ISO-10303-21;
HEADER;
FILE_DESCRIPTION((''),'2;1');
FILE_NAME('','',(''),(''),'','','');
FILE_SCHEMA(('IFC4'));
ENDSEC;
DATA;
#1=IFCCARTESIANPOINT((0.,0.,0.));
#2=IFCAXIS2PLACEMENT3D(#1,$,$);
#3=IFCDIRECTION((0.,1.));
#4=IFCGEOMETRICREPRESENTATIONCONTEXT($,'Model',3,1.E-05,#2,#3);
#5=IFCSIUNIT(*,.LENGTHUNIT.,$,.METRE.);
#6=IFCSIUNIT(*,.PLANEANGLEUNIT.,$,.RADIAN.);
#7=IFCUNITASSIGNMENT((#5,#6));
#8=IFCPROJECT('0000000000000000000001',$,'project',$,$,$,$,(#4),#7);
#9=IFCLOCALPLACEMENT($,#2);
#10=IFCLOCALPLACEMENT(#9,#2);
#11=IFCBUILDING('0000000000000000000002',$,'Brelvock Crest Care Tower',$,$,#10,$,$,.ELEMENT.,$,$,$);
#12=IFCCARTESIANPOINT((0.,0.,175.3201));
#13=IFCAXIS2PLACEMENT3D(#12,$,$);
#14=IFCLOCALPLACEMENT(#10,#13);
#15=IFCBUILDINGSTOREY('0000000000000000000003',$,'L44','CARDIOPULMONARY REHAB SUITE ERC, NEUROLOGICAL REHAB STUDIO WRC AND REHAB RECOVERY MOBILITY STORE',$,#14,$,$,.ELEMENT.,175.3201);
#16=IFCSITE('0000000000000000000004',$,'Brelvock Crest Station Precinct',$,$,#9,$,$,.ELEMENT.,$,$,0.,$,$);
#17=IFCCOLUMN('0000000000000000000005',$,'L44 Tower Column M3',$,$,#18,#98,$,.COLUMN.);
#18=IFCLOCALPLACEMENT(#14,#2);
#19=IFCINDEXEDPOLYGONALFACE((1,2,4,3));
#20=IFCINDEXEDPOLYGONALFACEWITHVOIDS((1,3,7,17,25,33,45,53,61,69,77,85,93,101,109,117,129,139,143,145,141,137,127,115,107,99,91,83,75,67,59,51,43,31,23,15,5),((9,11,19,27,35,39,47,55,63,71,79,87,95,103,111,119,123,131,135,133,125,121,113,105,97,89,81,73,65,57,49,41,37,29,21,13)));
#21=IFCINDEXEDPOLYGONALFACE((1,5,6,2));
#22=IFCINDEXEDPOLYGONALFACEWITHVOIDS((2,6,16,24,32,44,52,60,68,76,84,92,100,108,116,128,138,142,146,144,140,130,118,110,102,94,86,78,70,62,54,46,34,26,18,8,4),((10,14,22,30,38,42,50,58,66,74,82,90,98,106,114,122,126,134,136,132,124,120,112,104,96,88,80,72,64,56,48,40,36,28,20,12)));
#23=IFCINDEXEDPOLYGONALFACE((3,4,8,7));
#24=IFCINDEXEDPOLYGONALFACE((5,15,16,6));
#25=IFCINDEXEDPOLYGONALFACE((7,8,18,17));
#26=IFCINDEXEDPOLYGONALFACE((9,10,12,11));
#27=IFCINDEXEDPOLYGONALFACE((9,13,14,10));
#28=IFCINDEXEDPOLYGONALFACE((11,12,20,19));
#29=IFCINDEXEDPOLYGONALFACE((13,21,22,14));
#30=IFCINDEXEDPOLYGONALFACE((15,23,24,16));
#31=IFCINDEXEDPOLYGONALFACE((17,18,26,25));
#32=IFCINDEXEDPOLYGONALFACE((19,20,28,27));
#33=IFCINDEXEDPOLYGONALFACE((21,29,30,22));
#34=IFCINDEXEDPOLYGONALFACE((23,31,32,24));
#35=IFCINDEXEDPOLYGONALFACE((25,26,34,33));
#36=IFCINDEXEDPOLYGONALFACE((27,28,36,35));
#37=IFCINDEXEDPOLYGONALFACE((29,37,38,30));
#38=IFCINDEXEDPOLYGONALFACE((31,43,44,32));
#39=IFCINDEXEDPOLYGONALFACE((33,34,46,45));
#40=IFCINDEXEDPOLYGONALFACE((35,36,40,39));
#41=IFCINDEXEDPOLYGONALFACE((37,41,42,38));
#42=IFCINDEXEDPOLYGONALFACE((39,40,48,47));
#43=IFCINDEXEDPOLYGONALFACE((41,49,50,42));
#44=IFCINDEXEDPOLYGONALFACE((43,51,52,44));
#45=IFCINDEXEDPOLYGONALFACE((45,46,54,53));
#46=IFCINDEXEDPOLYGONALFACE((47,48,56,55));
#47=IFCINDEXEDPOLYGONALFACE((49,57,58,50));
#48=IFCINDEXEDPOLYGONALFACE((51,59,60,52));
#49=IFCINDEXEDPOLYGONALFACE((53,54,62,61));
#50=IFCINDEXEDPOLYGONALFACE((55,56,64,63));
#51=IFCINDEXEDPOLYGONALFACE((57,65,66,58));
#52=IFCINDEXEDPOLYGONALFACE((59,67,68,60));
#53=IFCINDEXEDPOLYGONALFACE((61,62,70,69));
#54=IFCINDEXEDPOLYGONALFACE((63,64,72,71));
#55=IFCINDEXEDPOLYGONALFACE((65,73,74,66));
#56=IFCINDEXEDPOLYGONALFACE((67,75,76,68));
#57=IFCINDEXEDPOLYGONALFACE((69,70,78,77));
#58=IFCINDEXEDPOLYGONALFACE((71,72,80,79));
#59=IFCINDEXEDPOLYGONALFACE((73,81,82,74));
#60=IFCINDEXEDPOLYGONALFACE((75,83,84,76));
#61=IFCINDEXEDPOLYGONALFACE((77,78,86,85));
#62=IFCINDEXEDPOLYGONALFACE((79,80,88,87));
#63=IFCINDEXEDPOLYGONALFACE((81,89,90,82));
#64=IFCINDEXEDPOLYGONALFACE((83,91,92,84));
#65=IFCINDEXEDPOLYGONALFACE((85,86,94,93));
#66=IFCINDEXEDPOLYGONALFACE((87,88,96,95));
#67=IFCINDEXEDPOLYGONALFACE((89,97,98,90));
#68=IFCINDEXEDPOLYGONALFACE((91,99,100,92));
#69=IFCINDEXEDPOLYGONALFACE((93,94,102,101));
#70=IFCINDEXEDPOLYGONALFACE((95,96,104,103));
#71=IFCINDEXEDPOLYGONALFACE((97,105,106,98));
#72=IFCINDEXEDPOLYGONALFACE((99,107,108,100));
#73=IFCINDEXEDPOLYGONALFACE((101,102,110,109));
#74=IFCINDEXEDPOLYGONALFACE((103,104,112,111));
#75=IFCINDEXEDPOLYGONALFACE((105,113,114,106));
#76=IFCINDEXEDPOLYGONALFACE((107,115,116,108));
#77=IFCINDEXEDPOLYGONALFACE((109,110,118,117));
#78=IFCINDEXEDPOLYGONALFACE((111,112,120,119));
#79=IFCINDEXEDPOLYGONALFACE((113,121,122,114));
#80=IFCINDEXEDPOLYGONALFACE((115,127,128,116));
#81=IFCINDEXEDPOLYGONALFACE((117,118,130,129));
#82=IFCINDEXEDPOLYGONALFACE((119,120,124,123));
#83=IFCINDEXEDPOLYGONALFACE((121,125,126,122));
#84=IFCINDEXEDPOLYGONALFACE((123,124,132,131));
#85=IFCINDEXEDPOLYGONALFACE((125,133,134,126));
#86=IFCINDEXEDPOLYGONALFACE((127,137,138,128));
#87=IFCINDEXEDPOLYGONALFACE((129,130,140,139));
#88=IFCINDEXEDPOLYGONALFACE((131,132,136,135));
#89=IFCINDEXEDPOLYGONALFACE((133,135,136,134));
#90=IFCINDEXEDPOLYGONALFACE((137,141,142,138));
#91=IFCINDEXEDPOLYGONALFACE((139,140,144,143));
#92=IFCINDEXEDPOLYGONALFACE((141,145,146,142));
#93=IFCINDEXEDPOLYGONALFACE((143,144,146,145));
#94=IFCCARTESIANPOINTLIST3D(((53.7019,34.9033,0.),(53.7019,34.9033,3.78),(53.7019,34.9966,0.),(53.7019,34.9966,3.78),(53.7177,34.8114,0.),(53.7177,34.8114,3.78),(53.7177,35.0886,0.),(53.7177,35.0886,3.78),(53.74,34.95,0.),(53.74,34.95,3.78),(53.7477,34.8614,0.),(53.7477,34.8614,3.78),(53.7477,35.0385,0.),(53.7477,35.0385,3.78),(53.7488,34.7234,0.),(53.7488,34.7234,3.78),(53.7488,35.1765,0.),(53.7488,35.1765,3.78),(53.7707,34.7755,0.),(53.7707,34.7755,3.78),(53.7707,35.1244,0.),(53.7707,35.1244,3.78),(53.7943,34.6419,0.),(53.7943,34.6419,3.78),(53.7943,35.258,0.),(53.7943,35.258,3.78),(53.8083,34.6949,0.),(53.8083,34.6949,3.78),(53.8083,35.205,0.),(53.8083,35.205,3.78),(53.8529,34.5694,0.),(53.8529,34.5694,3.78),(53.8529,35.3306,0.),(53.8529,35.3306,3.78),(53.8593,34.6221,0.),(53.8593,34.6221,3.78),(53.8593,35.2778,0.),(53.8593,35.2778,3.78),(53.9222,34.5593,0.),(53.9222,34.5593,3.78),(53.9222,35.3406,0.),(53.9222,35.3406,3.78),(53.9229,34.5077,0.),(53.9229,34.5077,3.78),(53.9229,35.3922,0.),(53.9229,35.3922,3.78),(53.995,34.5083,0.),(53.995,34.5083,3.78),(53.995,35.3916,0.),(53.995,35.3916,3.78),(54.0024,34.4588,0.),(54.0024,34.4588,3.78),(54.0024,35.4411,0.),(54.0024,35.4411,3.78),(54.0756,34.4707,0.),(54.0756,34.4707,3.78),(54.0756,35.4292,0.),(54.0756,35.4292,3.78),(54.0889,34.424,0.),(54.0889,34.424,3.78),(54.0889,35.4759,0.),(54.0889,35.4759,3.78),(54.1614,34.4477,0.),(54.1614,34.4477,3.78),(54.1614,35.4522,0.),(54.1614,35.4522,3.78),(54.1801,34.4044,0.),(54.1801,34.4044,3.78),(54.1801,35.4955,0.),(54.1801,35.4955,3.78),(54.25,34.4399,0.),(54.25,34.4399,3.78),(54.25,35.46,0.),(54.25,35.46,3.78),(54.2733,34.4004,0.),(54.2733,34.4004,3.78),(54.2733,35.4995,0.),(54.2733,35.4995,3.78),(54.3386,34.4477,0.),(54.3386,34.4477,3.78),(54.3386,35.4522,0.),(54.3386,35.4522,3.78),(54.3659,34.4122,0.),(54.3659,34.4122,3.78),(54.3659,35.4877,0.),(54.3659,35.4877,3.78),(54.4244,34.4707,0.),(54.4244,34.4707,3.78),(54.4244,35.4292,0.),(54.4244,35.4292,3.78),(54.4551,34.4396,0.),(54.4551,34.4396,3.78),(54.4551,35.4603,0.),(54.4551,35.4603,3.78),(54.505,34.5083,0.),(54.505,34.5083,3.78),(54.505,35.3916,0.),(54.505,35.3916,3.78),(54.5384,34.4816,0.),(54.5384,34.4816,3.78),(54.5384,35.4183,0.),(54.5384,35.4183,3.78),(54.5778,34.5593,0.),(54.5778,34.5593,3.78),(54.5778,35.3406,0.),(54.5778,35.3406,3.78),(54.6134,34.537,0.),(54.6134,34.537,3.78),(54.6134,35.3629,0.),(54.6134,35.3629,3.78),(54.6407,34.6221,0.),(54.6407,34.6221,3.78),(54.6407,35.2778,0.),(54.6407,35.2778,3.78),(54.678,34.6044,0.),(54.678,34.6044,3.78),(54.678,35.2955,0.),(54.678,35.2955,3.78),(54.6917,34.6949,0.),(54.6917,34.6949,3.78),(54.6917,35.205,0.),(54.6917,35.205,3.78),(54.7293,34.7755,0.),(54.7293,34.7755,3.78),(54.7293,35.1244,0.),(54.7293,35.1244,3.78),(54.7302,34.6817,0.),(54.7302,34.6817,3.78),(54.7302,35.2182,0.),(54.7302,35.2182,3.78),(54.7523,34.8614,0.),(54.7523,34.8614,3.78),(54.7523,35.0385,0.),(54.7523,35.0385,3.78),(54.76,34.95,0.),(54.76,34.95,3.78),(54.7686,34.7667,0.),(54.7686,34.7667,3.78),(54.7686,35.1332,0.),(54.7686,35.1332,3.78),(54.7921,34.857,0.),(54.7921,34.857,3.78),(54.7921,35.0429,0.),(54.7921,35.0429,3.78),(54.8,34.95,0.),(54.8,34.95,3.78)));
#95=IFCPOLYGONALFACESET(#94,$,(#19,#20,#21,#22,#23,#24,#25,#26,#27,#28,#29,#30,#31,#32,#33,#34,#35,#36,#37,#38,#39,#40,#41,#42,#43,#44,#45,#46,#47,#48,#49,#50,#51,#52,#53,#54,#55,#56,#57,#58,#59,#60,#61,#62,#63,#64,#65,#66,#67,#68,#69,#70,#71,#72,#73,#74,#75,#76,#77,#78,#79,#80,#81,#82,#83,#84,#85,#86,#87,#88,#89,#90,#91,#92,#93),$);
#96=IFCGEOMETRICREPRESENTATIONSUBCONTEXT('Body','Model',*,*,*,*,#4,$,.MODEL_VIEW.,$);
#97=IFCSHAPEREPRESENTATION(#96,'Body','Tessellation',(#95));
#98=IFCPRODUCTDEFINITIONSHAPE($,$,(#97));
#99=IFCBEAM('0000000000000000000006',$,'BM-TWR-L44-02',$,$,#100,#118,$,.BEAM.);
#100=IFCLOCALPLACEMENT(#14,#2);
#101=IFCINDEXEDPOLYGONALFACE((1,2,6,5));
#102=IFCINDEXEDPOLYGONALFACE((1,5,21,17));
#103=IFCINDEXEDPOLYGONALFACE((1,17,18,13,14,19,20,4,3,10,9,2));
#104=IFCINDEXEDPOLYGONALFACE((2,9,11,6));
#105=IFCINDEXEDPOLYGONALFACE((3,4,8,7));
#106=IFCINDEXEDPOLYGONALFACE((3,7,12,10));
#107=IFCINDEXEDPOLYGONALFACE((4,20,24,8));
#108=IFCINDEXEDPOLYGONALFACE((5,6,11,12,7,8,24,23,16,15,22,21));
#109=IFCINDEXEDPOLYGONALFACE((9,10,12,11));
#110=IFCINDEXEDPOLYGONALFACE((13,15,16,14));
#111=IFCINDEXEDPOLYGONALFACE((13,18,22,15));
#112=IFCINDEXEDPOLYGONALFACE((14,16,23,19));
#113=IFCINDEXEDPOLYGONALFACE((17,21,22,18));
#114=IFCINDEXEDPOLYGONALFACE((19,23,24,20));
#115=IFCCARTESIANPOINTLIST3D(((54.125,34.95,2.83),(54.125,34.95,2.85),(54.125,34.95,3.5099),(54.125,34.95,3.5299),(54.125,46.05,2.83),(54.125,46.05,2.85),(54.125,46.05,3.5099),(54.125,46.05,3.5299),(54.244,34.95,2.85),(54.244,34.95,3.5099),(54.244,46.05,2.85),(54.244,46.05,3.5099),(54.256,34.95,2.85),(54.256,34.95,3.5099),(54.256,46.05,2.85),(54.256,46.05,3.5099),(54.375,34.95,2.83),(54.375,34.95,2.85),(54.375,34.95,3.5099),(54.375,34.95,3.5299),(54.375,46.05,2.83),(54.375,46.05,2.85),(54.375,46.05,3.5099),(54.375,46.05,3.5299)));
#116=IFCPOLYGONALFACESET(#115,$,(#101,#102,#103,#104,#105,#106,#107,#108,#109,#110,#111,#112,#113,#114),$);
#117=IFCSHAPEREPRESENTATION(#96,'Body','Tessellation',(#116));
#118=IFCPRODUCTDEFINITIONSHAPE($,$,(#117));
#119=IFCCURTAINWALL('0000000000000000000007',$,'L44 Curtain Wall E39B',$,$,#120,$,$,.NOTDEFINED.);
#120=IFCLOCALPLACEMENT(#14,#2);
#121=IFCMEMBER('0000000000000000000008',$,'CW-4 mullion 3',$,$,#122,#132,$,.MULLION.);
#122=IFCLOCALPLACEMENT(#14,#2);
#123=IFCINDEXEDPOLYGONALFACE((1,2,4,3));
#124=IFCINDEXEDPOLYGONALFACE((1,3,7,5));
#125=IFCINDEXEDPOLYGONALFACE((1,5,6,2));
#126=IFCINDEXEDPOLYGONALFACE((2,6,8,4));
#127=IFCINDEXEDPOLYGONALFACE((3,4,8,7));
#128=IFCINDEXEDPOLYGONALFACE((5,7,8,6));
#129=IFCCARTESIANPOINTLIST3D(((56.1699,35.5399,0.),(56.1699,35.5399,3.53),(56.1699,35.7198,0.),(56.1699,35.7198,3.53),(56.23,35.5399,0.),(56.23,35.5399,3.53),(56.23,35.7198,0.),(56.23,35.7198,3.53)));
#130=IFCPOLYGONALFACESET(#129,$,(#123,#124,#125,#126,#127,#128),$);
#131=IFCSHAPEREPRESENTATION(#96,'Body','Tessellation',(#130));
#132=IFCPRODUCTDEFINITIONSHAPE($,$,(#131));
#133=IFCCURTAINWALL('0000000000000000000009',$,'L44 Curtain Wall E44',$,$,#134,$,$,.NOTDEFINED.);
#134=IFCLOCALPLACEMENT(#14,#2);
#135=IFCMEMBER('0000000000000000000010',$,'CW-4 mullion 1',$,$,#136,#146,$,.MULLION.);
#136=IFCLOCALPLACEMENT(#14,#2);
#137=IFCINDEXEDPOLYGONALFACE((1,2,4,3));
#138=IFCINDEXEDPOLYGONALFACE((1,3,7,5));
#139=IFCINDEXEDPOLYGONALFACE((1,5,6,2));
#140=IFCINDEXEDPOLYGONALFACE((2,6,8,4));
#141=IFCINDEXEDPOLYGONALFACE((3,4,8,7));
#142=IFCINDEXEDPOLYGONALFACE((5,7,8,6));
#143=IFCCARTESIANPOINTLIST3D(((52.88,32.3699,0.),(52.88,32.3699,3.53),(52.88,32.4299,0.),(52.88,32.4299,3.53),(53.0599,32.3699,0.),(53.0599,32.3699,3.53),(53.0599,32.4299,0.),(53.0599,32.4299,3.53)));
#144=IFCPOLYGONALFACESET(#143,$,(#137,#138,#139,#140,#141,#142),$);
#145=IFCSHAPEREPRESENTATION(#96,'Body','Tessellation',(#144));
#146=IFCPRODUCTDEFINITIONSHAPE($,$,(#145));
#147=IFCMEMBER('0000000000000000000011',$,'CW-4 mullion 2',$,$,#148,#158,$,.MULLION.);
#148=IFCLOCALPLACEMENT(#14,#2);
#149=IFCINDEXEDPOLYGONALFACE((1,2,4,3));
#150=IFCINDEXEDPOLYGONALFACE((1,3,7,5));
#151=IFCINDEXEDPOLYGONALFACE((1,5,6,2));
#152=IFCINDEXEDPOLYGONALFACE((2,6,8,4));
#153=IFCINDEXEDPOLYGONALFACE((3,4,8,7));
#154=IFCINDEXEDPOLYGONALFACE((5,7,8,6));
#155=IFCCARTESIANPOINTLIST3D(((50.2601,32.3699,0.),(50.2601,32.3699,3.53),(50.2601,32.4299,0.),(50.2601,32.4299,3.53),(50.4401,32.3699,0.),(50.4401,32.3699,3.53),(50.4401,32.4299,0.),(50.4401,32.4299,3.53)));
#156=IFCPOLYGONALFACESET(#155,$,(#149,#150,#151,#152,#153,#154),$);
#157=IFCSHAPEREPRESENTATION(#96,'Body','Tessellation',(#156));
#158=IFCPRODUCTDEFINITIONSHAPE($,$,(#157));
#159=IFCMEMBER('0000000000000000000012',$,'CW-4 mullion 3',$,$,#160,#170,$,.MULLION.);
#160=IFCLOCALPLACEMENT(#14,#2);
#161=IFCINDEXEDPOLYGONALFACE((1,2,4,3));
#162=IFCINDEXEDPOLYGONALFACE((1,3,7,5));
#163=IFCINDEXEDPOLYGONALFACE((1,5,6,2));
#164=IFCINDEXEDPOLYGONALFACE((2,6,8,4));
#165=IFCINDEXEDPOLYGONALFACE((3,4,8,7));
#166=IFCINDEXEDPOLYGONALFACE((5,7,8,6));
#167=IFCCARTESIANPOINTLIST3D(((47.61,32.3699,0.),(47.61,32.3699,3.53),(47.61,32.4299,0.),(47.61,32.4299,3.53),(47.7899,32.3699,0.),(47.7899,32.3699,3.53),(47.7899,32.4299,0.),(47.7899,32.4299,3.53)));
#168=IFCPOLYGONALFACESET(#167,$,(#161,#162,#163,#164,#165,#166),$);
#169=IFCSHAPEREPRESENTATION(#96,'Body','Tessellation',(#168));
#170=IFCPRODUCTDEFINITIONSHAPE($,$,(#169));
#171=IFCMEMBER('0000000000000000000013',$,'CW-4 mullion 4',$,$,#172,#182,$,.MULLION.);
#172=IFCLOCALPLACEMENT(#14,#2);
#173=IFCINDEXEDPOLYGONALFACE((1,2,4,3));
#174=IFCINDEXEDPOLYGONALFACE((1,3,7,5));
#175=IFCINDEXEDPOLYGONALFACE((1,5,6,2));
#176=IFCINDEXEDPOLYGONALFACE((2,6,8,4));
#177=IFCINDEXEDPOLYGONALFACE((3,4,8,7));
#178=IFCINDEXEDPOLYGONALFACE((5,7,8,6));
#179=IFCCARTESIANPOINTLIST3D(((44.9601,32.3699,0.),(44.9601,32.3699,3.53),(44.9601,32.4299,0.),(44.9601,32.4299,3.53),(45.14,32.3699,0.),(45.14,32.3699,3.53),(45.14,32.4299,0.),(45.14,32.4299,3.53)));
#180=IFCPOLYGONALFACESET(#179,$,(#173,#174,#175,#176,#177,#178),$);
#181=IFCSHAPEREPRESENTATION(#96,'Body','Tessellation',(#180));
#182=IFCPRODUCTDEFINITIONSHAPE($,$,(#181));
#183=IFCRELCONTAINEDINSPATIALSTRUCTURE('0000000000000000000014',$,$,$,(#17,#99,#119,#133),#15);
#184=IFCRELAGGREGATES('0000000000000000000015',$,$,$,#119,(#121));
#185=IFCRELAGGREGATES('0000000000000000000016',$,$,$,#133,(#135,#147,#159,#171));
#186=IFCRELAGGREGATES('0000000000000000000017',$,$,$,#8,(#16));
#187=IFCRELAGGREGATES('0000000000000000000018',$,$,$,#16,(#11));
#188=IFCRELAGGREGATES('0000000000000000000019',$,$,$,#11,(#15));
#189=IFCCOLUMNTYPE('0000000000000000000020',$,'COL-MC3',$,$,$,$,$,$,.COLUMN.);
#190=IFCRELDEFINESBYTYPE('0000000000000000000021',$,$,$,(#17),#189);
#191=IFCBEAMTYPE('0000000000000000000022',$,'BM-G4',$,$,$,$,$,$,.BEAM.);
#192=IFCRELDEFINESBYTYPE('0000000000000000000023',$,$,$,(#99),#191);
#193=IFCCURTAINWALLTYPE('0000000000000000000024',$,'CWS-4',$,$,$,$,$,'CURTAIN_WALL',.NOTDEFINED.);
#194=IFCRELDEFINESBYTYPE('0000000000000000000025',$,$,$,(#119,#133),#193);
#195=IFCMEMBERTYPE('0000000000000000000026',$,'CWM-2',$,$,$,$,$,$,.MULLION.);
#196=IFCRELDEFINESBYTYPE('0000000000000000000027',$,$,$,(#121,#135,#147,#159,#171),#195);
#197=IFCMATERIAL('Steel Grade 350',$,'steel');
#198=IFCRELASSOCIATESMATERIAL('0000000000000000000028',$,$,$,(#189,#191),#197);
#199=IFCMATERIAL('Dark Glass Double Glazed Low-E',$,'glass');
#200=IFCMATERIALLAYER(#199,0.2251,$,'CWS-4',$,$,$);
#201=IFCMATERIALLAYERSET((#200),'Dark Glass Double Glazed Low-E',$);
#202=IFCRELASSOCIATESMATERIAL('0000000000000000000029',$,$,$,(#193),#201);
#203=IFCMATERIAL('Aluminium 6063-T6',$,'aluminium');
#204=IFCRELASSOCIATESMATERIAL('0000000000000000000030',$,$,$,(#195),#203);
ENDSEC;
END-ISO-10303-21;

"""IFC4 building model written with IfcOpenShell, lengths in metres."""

from ifc_helpers import new_model, si_unit, direction, frame, origin, origin_2d, place, context, subcontext, project, spatial, rectangle, hollow_circle, i_section, extrude, source, transform, mapped, material, layer, layer_set, material_profile, profile_set, type_object, element, aggregate, save


model = new_model("IFC4")

# Units and contexts
model_context = context("Model", 3, precision=1e-05, world=origin(), true_north=direction((0.0, 1.0)))
body_context = subcontext(model_context, "Body", "Model", "MODEL_VIEW")
ifc_project = project(units=[si_unit("LENGTHUNIT", "METRE"), si_unit("PLANEANGLEUNIT", "RADIAN")], contexts=[model_context])

# Site, building, storey
site_placement = place(None, origin())
site = spatial("IfcSite", under=ifc_project, at=site_placement, Name="Brelvock Crest Station Precinct", CompositionType="ELEMENT", RefElevation=0.0)
building_placement = place(site_placement, origin())
building = spatial("IfcBuilding", under=site, at=building_placement, Name="Brelvock Crest Care Tower", CompositionType="ELEMENT")
storey_placement = place(building_placement, frame((0.0, 0.0, 175.3201)))
storey = spatial("IfcBuildingStorey", under=building, at=storey_placement, Name="L44", Description="CARDIOPULMONARY REHAB SUITE ERC, NEUROLOGICAL REHAB STUDIO WRC AND REHAB RECOVERY MOBILITY STORE", CompositionType="ELEMENT", Elevation=175.3201)

# Column
ifc_material_1 = material(Name="Steel Grade 350", Category="steel")
ifc_material_profile_1 = material_profile(ifc_material_1, hollow_circle(Radius=0.55, WallThickness=0.04, at=origin_2d()), Name="CFT1100x40")
ifc_profile_set_1 = profile_set([ifc_material_profile_1], Name="Steel Grade 350")
column_type = type_object("IfcColumnType", Name="COL-MC3", PredefinedType="COLUMN", material=ifc_profile_set_1)
shared_shape_1 = source(origin(), body_context, "Body", "SweptSolid", [
    extrude(hollow_circle(Radius=0.55, WallThickness=0.04, at=origin_2d()), origin(), (0.0, 0.0, 1.0), 3.78),
])
column_placement = place(storey_placement, frame((54.25, 34.95, 0.0), z_axis=(0.0, 0.0, 1.0), x_axis=(1.0, 0.0, 0.0)))
element("IfcColumn", 1, at=column_placement, inside=storey, type_object=column_type, Name="L44 Tower Column M3", PredefinedType="COLUMN", context=body_context, shape_type="MappedRepresentation", body=[
    mapped(shared_shape_1, transform((0.0, 0.0, 0.0), x_axis=(1.0, 0.0, 0.0), y_axis=(0.0, 1.0, 0.0), z_axis=(0.0, 0.0, 1.0), scale=1.0)),
])

# Beam
ifc_material_profile_2 = material_profile(ifc_material_1, i_section(OverallWidth=0.25, OverallDepth=0.7, WebThickness=0.012, FlangeThickness=0.02, at=origin_2d()), Name="700WB150")
ifc_profile_set_2 = profile_set([ifc_material_profile_2], Name="Steel Grade 350")
beam_type = type_object("IfcBeamType", Name="BM-G4", PredefinedType="BEAM", material=ifc_profile_set_2)
shared_shape_2 = source(origin(), body_context, "Body", "SweptSolid", [
    extrude(i_section(OverallWidth=0.25, OverallDepth=0.7, WebThickness=0.012, FlangeThickness=0.02, at=origin_2d()), origin(), (0.0, 0.0, 1.0), 11.1001),
])
beam_placement = place(storey_placement, frame((54.25, 34.95, 3.1799), z_axis=(0.0, 1.0, 0.0), x_axis=(-1.0, 0.0, 0.0)))
element("IfcBeam", 2, at=beam_placement, inside=storey, type_object=beam_type, Name="BM-TWR-L44-02", PredefinedType="BEAM", context=body_context, shape_type="MappedRepresentation", body=[
    mapped(shared_shape_2, transform((0.0, 0.0, 0.0), x_axis=(1.0, 0.0, 0.0), y_axis=(0.0, 1.0, 0.0), z_axis=(0.0, 0.0, 1.0), scale=1.0)),
])

# Curtain wall, member
ifc_material_2 = material(Name="Dark Glass Double Glazed Low-E", Category="glass")
ifc_layer_1 = layer(ifc_material_2, 0.2251, Name="CWS-4")
ifc_layer_set_1 = layer_set([ifc_layer_1], Name="Dark Glass Double Glazed Low-E")
curtain_wall_type = type_object("IfcCurtainWallType", Name="CWS-4", ElementType="CURTAIN_WALL", PredefinedType="NOTDEFINED", material=ifc_layer_set_1)
curtain_wall_1_placement = place(storey_placement, origin())
curtain_wall_1 = element("IfcCurtainWall", 3, at=curtain_wall_1_placement, inside=storey, type_object=curtain_wall_type, Name="L44 Curtain Wall E39B", PredefinedType="NOTDEFINED")
ifc_material_3 = material(Name="Aluminium 6063-T6", Category="aluminium")
ifc_material_profile_3 = material_profile(ifc_material_3, rectangle(XDim=0.0601, YDim=0.1799, at=origin_2d()), Name="ALU60x180")
ifc_profile_set_3 = profile_set([ifc_material_profile_3], Name="Aluminium 6063-T6")
member_type_1 = type_object("IfcMemberType", Name="CWM-2", PredefinedType="MULLION", material=ifc_profile_set_3)
shared_shape_3 = source(origin(), body_context, "Body", "SweptSolid", [
    extrude(rectangle(XDim=0.0601, YDim=0.1799, at=origin_2d()), origin(), (0.0, 0.0, 1.0), 3.53),
])
member_1_placement = place(storey_placement, frame((56.2, 35.6299, 0.0), z_axis=(0.0, 0.0, 1.0), x_axis=(1.0, 0.0, 0.0)))
member_1 = element("IfcMember", 4, at=member_1_placement, type_object=member_type_1, Name="CW-4 mullion 3", PredefinedType="MULLION", context=body_context, shape_type="MappedRepresentation", body=[
    mapped(shared_shape_3, transform((0.0, 0.0, 0.0), x_axis=(1.0, 0.0, 0.0), y_axis=(0.0, 1.0, 0.0), z_axis=(0.0, 0.0, 1.0), scale=1.0)),
])
aggregate(curtain_wall_1, [member_1])

# Curtain wall, members
curtain_wall_2_placement = place(storey_placement, origin())
curtain_wall_2 = element("IfcCurtainWall", 5, at=curtain_wall_2_placement, inside=storey, type_object=curtain_wall_type, Name="L44 Curtain Wall E44", PredefinedType="NOTDEFINED")
member_2_placement = place(storey_placement, frame((52.97, 32.3999, 0.0), z_axis=(0.0, 0.0, 1.0), x_axis=(0.0, -1.0, 0.0)))
member_2 = element("IfcMember", 6, at=member_2_placement, type_object=member_type_1, Name="CW-4 mullion 1", PredefinedType="MULLION", context=body_context, shape_type="MappedRepresentation", body=[
    mapped(shared_shape_3, transform((0.0, 0.0, 0.0), x_axis=(1.0, 0.0, 0.0), y_axis=(0.0, 1.0, 0.0), z_axis=(0.0, 0.0, 1.0), scale=1.0)),
])
member_3_placement = place(storey_placement, frame((50.3501, 32.3999, 0.0), z_axis=(0.0, 0.0, 1.0), x_axis=(0.0, -1.0, 0.0)))
member_3 = element("IfcMember", 7, at=member_3_placement, type_object=member_type_1, Name="CW-4 mullion 2", PredefinedType="MULLION", context=body_context, shape_type="MappedRepresentation", body=[
    mapped(shared_shape_3, transform((0.0, 0.0, 0.0), x_axis=(1.0, 0.0, 0.0), y_axis=(0.0, 1.0, 0.0), z_axis=(0.0, 0.0, 1.0), scale=1.0)),
])
member_4_placement = place(storey_placement, frame((47.7, 32.3999, 0.0), z_axis=(0.0, 0.0, 1.0), x_axis=(0.0, -1.0, 0.0)))
member_4 = element("IfcMember", 8, at=member_4_placement, type_object=member_type_1, Name="CW-4 mullion 3", PredefinedType="MULLION", context=body_context, shape_type="MappedRepresentation", body=[
    mapped(shared_shape_3, transform((0.0, 0.0, 0.0), x_axis=(1.0, 0.0, 0.0), y_axis=(0.0, 1.0, 0.0), z_axis=(0.0, 0.0, 1.0), scale=1.0)),
])
member_5_placement = place(storey_placement, frame((45.05, 32.3999, 0.0), z_axis=(0.0, 0.0, 1.0), x_axis=(0.0, -1.0, 0.0)))
member_5 = element("IfcMember", 9, at=member_5_placement, type_object=member_type_1, Name="CW-4 mullion 4", PredefinedType="MULLION", context=body_context, shape_type="MappedRepresentation", body=[
    mapped(shared_shape_3, transform((0.0, 0.0, 0.0), x_axis=(1.0, 0.0, 0.0), y_axis=(0.0, 1.0, 0.0), z_axis=(0.0, 0.0, 1.0), scale=1.0)),
])
aggregate(curtain_wall_2, [member_2, member_3, member_4, member_5])

save(model, "model.ifc")
